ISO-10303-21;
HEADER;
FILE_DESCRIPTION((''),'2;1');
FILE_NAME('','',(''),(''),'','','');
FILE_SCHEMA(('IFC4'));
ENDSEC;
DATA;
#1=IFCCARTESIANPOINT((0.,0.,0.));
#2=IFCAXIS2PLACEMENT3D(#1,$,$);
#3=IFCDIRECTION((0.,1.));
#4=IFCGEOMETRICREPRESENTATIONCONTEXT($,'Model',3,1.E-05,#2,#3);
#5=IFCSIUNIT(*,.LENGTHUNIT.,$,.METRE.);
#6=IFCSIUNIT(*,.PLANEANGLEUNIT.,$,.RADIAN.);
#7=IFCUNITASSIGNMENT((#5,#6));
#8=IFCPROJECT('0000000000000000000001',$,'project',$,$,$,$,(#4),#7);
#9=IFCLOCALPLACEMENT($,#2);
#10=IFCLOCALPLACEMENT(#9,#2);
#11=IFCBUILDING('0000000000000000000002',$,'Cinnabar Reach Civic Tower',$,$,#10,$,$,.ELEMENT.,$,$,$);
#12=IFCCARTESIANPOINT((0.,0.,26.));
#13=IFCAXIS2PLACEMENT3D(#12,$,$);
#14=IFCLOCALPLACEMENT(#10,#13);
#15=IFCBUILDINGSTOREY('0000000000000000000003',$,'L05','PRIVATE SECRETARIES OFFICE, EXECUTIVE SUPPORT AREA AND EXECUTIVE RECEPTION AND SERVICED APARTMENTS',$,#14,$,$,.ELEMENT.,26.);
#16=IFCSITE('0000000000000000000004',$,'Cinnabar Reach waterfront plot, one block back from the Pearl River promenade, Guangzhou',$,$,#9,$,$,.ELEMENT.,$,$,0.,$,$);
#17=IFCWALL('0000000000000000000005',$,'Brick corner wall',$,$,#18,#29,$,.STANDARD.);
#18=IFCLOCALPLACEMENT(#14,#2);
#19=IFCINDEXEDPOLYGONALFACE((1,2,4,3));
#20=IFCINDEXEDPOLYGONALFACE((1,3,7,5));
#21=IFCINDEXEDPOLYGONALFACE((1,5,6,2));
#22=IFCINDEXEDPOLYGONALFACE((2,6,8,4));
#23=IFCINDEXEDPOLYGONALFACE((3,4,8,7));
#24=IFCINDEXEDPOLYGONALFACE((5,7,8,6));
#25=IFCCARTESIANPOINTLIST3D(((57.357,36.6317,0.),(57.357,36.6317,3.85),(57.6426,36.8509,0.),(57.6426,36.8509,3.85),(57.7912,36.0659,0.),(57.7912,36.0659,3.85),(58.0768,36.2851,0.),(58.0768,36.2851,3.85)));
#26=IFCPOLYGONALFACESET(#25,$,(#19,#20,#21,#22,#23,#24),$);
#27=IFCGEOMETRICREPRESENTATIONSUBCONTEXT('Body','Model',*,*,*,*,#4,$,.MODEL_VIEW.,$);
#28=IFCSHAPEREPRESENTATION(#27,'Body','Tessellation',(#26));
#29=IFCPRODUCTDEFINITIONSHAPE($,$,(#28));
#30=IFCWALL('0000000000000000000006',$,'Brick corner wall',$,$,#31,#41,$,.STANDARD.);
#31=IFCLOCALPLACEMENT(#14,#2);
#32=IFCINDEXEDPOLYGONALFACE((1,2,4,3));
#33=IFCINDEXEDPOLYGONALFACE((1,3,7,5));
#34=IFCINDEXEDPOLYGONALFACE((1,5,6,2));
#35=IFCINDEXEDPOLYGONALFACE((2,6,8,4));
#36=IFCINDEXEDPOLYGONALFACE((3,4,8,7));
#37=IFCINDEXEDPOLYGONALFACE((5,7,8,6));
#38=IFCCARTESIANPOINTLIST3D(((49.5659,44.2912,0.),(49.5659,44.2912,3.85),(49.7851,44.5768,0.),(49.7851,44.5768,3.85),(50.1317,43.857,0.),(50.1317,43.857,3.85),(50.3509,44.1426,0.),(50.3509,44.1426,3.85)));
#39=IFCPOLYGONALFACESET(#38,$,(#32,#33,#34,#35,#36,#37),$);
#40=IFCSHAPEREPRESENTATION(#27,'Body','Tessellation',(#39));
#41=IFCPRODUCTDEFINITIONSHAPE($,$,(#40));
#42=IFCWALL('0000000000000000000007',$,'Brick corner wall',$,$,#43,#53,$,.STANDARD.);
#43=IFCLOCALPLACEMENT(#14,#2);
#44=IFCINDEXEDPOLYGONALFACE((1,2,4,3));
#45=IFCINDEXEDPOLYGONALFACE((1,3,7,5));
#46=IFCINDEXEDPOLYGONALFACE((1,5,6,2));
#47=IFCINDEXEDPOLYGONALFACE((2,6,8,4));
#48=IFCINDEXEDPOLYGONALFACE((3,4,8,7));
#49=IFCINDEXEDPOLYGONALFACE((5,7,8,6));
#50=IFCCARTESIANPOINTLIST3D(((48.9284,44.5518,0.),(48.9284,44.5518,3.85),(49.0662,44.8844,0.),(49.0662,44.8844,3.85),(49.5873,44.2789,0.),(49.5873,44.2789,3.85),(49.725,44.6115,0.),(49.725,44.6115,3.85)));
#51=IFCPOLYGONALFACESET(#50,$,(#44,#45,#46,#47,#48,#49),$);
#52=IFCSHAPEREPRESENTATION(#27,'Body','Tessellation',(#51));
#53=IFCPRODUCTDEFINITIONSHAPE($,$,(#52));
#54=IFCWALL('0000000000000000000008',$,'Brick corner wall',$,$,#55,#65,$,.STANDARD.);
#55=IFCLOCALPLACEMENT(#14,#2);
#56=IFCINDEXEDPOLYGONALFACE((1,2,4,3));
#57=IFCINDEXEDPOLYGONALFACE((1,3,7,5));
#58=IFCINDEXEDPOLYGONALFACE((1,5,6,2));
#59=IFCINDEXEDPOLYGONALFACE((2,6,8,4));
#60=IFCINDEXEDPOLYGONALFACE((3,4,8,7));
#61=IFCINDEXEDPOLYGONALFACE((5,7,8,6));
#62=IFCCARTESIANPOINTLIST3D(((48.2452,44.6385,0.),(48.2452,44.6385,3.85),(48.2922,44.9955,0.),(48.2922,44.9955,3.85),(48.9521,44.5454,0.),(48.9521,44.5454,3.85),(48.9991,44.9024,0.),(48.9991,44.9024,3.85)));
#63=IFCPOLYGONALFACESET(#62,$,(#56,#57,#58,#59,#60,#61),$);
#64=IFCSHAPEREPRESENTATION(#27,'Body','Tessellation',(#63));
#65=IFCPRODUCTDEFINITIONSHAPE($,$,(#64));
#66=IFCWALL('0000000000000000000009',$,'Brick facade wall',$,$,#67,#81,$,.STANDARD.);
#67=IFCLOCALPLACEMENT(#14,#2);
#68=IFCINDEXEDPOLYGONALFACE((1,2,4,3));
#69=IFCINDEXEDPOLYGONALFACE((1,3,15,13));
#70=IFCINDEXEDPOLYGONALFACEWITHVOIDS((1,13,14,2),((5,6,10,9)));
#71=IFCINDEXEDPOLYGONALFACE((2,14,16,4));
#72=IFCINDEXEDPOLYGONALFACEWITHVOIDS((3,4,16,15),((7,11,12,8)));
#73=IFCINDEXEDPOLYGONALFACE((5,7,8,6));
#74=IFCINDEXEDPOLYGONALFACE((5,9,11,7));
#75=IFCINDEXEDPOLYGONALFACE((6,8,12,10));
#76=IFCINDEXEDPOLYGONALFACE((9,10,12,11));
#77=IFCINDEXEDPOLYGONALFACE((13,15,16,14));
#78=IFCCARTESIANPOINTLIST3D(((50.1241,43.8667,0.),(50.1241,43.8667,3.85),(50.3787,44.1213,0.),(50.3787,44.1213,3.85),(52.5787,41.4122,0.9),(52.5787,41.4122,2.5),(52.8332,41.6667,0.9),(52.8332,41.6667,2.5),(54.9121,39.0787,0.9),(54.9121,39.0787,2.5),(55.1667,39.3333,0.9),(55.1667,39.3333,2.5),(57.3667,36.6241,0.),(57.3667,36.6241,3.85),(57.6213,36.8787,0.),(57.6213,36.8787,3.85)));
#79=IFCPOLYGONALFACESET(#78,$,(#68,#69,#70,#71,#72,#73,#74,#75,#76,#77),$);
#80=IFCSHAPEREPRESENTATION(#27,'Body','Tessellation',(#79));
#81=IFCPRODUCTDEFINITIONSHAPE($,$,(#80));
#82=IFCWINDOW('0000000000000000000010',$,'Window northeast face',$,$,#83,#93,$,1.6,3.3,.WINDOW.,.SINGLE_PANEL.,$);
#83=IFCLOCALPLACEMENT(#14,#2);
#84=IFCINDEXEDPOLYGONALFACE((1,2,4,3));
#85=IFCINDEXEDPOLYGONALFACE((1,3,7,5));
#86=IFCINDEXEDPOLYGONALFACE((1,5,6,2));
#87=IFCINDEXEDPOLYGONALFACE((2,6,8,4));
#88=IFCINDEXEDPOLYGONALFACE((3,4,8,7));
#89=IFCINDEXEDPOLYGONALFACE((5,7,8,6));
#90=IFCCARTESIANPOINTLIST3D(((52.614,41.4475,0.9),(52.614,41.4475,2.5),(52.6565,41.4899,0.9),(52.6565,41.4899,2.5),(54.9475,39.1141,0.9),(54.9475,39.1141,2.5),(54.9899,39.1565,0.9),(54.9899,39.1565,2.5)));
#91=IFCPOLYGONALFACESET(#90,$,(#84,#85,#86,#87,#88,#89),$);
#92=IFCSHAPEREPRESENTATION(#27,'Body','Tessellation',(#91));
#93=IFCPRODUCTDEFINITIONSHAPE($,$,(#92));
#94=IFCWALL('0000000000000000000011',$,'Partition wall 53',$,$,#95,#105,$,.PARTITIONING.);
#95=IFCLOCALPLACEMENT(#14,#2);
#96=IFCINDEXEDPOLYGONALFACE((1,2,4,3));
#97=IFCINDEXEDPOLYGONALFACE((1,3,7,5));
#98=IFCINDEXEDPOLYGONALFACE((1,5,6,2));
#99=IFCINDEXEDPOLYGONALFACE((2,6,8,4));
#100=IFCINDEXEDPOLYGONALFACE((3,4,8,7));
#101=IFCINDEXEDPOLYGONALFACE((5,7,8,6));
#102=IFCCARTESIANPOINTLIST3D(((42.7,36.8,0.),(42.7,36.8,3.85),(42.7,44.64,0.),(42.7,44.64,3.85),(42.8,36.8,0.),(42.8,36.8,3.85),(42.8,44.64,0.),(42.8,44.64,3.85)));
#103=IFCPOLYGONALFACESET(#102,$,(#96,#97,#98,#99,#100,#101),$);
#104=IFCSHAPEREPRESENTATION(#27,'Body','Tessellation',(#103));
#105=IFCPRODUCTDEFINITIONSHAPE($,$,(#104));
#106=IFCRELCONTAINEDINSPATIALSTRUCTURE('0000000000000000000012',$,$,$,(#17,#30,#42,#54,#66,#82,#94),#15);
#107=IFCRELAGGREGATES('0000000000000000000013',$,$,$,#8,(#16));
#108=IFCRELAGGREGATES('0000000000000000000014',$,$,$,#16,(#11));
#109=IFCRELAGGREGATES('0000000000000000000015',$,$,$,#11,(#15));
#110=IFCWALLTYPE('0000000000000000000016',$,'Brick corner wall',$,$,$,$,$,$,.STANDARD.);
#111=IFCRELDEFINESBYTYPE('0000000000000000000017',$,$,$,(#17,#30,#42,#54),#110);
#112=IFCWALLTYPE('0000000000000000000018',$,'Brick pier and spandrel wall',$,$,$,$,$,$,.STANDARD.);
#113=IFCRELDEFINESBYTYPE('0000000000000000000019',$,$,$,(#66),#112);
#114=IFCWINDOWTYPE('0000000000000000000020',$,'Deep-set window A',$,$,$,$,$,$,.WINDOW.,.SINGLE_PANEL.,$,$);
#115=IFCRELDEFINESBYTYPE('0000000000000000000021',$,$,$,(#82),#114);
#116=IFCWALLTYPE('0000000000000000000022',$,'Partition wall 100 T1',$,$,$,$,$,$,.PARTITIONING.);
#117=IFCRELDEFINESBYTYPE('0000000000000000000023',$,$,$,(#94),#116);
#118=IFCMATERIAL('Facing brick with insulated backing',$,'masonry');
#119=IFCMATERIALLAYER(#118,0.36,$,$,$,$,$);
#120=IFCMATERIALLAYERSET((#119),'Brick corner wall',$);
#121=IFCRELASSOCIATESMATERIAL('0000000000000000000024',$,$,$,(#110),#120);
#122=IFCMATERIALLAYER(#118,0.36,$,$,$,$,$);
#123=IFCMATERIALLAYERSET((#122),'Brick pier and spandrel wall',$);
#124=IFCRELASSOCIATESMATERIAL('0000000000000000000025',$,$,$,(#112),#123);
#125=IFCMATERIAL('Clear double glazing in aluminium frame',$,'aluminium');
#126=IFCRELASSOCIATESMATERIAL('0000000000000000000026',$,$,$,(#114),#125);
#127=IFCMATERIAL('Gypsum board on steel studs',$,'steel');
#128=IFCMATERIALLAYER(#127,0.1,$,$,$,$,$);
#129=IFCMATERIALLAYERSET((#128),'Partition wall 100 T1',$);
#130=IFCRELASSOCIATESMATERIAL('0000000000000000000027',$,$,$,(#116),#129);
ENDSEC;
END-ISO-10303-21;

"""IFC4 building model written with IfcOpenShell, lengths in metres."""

from ifc_helpers import new_model, si_unit, direction, frame, frame_2d, origin, place, context, subcontext, project, spatial, rectangle, extrude, material, layer, layer_set, type_object, element, fill, save


model = new_model("IFC4")

# Units and contexts
model_context = context("Model", 3, precision=1e-05, world=origin(), true_north=direction((0.0, 1.0)))
body_context = subcontext(model_context, "Body", "Model", "MODEL_VIEW")
ifc_project = project(units=[si_unit("LENGTHUNIT", "METRE"), si_unit("PLANEANGLEUNIT", "RADIAN")], contexts=[model_context])

# Site, building, storey
site_placement = place(None, origin())
site = spatial("IfcSite", under=ifc_project, at=site_placement, Name="Cinnabar Reach waterfront plot, one block back from the Pearl River promenade, Guangzhou", CompositionType="ELEMENT", RefElevation=0.0)
building_placement = place(site_placement, origin())
building = spatial("IfcBuilding", under=site, at=building_placement, Name="Cinnabar Reach Civic Tower", CompositionType="ELEMENT")
storey_placement = place(building_placement, frame((0.0, 0.0, 26.0)))
storey = spatial("IfcBuildingStorey", under=building, at=storey_placement, Name="L05", Description="PRIVATE SECRETARIES OFFICE, EXECUTIVE SUPPORT AREA AND EXECUTIVE RECEPTION AND SERVICED APARTMENTS", CompositionType="ELEMENT", Elevation=26.0)

# Walls
ifc_material_1 = material(Name="Facing brick with insulated backing", Category="masonry")
ifc_layer_1 = layer(ifc_material_1, 0.36)
ifc_layer_set_1 = layer_set([ifc_layer_1], Name="Brick corner wall")
wall_type_1 = type_object("IfcWallType", Name="Brick corner wall", PredefinedType="STANDARD", material=ifc_layer_set_1)
for number, where, z_axis, x_axis, name in (
    (1, (57.934, 36.1755, 0.0), (0.0, 0.0, 1.0), (-0.608802, 0.793322, 0.0), "Brick corner wall"),
    (2, (50.2413, 43.9998, 0.0), (0.0, 0.0, 1.0), (-0.793322, 0.608802, 0.0), "Brick corner wall"),
):
    element("IfcWall", number, at=place(storey_placement, frame(where, z_axis=z_axis, x_axis=x_axis)), inside=storey, type_object=wall_type_1, Name=name, PredefinedType="STANDARD", context=body_context, shape_type="SweptSolid", body=[
        extrude(rectangle(XDim=0.7132, YDim=0.36, at=frame_2d((0.3566, 0.0))), origin(), (0.0, 0.0, 1.0), 3.85),
    ])
for number, where, z_axis, x_axis, name in (
    (3, (49.6561, 44.4452, 0.0), (0.0, 0.0, 1.0), (-0.923872, 0.382703, 0.0), "Brick corner wall"),
    (4, (48.9756, 44.7239, 0.0), (0.0, 0.0, 1.0), (-0.991441, 0.130556, 0.0), "Brick corner wall"),
):
    element("IfcWall", number, at=place(storey_placement, frame(where, z_axis=z_axis, x_axis=x_axis)), inside=storey, type_object=wall_type_1, Name=name, PredefinedType="STANDARD", context=body_context, shape_type="SweptSolid", body=[
        extrude(rectangle(XDim=0.7131, YDim=0.36, at=frame_2d((0.3565, 0.0))), origin(), (0.0, 0.0, 1.0), 3.85),
    ])

# Wall, opening, window
ifc_layer_2 = layer(ifc_material_1, 0.36)
ifc_layer_set_2 = layer_set([ifc_layer_2], Name="Brick pier and spandrel wall")
wall_type_2 = type_object("IfcWallType", Name="Brick pier and spandrel wall", PredefinedType="STANDARD", material=ifc_layer_set_2)
wall_1_placement = place(storey_placement, frame((57.494, 36.7514, 0.0), z_axis=(0.0, 0.0, 1.0), x_axis=(-0.707107, 0.707107, 0.0)))
wall_1 = element("IfcWall", 5, at=wall_1_placement, inside=storey, type_object=wall_type_2, Name="Brick facade wall", PredefinedType="STANDARD", context=body_context, shape_type="SweptSolid", body=[
    extrude(rectangle(XDim=10.2426, YDim=0.36, at=frame_2d((5.1213, 0.0))), origin(), (0.0, 0.0, 1.0), 3.85),
])
opening_1_placement = place(wall_1_placement, frame((3.4713, 0.0, 0.9)))
opening_1 = element("IfcOpeningElement", 6, at=opening_1_placement, cuts=wall_1, PredefinedType="OPENING", context=body_context, shape_type="SweptSolid", body=[
    extrude(rectangle(XDim=3.3, YDim=1.6, at=frame_2d((1.65, 0.8))), frame((0.0, 0.19, 0.0), z_axis=(0.0, -1.0, 0.0), x_axis=(1.0, 0.0, 0.0)), (0.0, 0.0, 1.0), 0.38),
])
ifc_material_2 = material(Name="Clear double glazing in aluminium frame", Category="aluminium")
window_type_1 = type_object("IfcWindowType", Name="Deep-set window A", PartitioningType="SINGLE_PANEL", PredefinedType="WINDOW", material=ifc_material_2)
window_1_placement = place(opening_1_placement, origin())
window_1 = element("IfcWindow", 7, at=window_1_placement, inside=storey, type_object=window_type_1, Name="Window northeast face", OverallHeight=1.6, OverallWidth=3.3, PartitioningType="SINGLE_PANEL", PredefinedType="WINDOW", context=body_context, shape_type="SweptSolid", body=[
    extrude(rectangle(XDim=3.3, YDim=1.6, at=frame_2d((1.65, 0.8))), frame((0.0, 0.13, 0.0), z_axis=(0.0, -1.0, 0.0), x_axis=(1.0, 0.0, 0.0)), (0.0, 0.0, 1.0), 0.06),
])
fill(opening_1, window_1)

# Wall
ifc_material_3 = material(Name="Gypsum board on steel studs", Category="steel")
ifc_layer_3 = layer(ifc_material_3, 0.1)
ifc_layer_set_3 = layer_set([ifc_layer_3], Name="Partition wall 100 T1")
wall_type_3 = type_object("IfcWallType", Name="Partition wall 100 T1", PredefinedType="PARTITIONING", material=ifc_layer_set_3)
wall_2_placement = place(storey_placement, frame((42.75, 36.8, 0.0), z_axis=(0.0, 0.0, 1.0), x_axis=(0.0, 1.0, 0.0)))
element("IfcWall", 8, at=wall_2_placement, inside=storey, type_object=wall_type_3, Name="Partition wall 53", PredefinedType="PARTITIONING", context=body_context, shape_type="SweptSolid", body=[
    extrude(rectangle(XDim=7.84, YDim=0.1, at=frame_2d((3.92, 0.0))), origin(), (0.0, 0.0, 1.0), 3.85),
])

save(model, "model.ifc")
